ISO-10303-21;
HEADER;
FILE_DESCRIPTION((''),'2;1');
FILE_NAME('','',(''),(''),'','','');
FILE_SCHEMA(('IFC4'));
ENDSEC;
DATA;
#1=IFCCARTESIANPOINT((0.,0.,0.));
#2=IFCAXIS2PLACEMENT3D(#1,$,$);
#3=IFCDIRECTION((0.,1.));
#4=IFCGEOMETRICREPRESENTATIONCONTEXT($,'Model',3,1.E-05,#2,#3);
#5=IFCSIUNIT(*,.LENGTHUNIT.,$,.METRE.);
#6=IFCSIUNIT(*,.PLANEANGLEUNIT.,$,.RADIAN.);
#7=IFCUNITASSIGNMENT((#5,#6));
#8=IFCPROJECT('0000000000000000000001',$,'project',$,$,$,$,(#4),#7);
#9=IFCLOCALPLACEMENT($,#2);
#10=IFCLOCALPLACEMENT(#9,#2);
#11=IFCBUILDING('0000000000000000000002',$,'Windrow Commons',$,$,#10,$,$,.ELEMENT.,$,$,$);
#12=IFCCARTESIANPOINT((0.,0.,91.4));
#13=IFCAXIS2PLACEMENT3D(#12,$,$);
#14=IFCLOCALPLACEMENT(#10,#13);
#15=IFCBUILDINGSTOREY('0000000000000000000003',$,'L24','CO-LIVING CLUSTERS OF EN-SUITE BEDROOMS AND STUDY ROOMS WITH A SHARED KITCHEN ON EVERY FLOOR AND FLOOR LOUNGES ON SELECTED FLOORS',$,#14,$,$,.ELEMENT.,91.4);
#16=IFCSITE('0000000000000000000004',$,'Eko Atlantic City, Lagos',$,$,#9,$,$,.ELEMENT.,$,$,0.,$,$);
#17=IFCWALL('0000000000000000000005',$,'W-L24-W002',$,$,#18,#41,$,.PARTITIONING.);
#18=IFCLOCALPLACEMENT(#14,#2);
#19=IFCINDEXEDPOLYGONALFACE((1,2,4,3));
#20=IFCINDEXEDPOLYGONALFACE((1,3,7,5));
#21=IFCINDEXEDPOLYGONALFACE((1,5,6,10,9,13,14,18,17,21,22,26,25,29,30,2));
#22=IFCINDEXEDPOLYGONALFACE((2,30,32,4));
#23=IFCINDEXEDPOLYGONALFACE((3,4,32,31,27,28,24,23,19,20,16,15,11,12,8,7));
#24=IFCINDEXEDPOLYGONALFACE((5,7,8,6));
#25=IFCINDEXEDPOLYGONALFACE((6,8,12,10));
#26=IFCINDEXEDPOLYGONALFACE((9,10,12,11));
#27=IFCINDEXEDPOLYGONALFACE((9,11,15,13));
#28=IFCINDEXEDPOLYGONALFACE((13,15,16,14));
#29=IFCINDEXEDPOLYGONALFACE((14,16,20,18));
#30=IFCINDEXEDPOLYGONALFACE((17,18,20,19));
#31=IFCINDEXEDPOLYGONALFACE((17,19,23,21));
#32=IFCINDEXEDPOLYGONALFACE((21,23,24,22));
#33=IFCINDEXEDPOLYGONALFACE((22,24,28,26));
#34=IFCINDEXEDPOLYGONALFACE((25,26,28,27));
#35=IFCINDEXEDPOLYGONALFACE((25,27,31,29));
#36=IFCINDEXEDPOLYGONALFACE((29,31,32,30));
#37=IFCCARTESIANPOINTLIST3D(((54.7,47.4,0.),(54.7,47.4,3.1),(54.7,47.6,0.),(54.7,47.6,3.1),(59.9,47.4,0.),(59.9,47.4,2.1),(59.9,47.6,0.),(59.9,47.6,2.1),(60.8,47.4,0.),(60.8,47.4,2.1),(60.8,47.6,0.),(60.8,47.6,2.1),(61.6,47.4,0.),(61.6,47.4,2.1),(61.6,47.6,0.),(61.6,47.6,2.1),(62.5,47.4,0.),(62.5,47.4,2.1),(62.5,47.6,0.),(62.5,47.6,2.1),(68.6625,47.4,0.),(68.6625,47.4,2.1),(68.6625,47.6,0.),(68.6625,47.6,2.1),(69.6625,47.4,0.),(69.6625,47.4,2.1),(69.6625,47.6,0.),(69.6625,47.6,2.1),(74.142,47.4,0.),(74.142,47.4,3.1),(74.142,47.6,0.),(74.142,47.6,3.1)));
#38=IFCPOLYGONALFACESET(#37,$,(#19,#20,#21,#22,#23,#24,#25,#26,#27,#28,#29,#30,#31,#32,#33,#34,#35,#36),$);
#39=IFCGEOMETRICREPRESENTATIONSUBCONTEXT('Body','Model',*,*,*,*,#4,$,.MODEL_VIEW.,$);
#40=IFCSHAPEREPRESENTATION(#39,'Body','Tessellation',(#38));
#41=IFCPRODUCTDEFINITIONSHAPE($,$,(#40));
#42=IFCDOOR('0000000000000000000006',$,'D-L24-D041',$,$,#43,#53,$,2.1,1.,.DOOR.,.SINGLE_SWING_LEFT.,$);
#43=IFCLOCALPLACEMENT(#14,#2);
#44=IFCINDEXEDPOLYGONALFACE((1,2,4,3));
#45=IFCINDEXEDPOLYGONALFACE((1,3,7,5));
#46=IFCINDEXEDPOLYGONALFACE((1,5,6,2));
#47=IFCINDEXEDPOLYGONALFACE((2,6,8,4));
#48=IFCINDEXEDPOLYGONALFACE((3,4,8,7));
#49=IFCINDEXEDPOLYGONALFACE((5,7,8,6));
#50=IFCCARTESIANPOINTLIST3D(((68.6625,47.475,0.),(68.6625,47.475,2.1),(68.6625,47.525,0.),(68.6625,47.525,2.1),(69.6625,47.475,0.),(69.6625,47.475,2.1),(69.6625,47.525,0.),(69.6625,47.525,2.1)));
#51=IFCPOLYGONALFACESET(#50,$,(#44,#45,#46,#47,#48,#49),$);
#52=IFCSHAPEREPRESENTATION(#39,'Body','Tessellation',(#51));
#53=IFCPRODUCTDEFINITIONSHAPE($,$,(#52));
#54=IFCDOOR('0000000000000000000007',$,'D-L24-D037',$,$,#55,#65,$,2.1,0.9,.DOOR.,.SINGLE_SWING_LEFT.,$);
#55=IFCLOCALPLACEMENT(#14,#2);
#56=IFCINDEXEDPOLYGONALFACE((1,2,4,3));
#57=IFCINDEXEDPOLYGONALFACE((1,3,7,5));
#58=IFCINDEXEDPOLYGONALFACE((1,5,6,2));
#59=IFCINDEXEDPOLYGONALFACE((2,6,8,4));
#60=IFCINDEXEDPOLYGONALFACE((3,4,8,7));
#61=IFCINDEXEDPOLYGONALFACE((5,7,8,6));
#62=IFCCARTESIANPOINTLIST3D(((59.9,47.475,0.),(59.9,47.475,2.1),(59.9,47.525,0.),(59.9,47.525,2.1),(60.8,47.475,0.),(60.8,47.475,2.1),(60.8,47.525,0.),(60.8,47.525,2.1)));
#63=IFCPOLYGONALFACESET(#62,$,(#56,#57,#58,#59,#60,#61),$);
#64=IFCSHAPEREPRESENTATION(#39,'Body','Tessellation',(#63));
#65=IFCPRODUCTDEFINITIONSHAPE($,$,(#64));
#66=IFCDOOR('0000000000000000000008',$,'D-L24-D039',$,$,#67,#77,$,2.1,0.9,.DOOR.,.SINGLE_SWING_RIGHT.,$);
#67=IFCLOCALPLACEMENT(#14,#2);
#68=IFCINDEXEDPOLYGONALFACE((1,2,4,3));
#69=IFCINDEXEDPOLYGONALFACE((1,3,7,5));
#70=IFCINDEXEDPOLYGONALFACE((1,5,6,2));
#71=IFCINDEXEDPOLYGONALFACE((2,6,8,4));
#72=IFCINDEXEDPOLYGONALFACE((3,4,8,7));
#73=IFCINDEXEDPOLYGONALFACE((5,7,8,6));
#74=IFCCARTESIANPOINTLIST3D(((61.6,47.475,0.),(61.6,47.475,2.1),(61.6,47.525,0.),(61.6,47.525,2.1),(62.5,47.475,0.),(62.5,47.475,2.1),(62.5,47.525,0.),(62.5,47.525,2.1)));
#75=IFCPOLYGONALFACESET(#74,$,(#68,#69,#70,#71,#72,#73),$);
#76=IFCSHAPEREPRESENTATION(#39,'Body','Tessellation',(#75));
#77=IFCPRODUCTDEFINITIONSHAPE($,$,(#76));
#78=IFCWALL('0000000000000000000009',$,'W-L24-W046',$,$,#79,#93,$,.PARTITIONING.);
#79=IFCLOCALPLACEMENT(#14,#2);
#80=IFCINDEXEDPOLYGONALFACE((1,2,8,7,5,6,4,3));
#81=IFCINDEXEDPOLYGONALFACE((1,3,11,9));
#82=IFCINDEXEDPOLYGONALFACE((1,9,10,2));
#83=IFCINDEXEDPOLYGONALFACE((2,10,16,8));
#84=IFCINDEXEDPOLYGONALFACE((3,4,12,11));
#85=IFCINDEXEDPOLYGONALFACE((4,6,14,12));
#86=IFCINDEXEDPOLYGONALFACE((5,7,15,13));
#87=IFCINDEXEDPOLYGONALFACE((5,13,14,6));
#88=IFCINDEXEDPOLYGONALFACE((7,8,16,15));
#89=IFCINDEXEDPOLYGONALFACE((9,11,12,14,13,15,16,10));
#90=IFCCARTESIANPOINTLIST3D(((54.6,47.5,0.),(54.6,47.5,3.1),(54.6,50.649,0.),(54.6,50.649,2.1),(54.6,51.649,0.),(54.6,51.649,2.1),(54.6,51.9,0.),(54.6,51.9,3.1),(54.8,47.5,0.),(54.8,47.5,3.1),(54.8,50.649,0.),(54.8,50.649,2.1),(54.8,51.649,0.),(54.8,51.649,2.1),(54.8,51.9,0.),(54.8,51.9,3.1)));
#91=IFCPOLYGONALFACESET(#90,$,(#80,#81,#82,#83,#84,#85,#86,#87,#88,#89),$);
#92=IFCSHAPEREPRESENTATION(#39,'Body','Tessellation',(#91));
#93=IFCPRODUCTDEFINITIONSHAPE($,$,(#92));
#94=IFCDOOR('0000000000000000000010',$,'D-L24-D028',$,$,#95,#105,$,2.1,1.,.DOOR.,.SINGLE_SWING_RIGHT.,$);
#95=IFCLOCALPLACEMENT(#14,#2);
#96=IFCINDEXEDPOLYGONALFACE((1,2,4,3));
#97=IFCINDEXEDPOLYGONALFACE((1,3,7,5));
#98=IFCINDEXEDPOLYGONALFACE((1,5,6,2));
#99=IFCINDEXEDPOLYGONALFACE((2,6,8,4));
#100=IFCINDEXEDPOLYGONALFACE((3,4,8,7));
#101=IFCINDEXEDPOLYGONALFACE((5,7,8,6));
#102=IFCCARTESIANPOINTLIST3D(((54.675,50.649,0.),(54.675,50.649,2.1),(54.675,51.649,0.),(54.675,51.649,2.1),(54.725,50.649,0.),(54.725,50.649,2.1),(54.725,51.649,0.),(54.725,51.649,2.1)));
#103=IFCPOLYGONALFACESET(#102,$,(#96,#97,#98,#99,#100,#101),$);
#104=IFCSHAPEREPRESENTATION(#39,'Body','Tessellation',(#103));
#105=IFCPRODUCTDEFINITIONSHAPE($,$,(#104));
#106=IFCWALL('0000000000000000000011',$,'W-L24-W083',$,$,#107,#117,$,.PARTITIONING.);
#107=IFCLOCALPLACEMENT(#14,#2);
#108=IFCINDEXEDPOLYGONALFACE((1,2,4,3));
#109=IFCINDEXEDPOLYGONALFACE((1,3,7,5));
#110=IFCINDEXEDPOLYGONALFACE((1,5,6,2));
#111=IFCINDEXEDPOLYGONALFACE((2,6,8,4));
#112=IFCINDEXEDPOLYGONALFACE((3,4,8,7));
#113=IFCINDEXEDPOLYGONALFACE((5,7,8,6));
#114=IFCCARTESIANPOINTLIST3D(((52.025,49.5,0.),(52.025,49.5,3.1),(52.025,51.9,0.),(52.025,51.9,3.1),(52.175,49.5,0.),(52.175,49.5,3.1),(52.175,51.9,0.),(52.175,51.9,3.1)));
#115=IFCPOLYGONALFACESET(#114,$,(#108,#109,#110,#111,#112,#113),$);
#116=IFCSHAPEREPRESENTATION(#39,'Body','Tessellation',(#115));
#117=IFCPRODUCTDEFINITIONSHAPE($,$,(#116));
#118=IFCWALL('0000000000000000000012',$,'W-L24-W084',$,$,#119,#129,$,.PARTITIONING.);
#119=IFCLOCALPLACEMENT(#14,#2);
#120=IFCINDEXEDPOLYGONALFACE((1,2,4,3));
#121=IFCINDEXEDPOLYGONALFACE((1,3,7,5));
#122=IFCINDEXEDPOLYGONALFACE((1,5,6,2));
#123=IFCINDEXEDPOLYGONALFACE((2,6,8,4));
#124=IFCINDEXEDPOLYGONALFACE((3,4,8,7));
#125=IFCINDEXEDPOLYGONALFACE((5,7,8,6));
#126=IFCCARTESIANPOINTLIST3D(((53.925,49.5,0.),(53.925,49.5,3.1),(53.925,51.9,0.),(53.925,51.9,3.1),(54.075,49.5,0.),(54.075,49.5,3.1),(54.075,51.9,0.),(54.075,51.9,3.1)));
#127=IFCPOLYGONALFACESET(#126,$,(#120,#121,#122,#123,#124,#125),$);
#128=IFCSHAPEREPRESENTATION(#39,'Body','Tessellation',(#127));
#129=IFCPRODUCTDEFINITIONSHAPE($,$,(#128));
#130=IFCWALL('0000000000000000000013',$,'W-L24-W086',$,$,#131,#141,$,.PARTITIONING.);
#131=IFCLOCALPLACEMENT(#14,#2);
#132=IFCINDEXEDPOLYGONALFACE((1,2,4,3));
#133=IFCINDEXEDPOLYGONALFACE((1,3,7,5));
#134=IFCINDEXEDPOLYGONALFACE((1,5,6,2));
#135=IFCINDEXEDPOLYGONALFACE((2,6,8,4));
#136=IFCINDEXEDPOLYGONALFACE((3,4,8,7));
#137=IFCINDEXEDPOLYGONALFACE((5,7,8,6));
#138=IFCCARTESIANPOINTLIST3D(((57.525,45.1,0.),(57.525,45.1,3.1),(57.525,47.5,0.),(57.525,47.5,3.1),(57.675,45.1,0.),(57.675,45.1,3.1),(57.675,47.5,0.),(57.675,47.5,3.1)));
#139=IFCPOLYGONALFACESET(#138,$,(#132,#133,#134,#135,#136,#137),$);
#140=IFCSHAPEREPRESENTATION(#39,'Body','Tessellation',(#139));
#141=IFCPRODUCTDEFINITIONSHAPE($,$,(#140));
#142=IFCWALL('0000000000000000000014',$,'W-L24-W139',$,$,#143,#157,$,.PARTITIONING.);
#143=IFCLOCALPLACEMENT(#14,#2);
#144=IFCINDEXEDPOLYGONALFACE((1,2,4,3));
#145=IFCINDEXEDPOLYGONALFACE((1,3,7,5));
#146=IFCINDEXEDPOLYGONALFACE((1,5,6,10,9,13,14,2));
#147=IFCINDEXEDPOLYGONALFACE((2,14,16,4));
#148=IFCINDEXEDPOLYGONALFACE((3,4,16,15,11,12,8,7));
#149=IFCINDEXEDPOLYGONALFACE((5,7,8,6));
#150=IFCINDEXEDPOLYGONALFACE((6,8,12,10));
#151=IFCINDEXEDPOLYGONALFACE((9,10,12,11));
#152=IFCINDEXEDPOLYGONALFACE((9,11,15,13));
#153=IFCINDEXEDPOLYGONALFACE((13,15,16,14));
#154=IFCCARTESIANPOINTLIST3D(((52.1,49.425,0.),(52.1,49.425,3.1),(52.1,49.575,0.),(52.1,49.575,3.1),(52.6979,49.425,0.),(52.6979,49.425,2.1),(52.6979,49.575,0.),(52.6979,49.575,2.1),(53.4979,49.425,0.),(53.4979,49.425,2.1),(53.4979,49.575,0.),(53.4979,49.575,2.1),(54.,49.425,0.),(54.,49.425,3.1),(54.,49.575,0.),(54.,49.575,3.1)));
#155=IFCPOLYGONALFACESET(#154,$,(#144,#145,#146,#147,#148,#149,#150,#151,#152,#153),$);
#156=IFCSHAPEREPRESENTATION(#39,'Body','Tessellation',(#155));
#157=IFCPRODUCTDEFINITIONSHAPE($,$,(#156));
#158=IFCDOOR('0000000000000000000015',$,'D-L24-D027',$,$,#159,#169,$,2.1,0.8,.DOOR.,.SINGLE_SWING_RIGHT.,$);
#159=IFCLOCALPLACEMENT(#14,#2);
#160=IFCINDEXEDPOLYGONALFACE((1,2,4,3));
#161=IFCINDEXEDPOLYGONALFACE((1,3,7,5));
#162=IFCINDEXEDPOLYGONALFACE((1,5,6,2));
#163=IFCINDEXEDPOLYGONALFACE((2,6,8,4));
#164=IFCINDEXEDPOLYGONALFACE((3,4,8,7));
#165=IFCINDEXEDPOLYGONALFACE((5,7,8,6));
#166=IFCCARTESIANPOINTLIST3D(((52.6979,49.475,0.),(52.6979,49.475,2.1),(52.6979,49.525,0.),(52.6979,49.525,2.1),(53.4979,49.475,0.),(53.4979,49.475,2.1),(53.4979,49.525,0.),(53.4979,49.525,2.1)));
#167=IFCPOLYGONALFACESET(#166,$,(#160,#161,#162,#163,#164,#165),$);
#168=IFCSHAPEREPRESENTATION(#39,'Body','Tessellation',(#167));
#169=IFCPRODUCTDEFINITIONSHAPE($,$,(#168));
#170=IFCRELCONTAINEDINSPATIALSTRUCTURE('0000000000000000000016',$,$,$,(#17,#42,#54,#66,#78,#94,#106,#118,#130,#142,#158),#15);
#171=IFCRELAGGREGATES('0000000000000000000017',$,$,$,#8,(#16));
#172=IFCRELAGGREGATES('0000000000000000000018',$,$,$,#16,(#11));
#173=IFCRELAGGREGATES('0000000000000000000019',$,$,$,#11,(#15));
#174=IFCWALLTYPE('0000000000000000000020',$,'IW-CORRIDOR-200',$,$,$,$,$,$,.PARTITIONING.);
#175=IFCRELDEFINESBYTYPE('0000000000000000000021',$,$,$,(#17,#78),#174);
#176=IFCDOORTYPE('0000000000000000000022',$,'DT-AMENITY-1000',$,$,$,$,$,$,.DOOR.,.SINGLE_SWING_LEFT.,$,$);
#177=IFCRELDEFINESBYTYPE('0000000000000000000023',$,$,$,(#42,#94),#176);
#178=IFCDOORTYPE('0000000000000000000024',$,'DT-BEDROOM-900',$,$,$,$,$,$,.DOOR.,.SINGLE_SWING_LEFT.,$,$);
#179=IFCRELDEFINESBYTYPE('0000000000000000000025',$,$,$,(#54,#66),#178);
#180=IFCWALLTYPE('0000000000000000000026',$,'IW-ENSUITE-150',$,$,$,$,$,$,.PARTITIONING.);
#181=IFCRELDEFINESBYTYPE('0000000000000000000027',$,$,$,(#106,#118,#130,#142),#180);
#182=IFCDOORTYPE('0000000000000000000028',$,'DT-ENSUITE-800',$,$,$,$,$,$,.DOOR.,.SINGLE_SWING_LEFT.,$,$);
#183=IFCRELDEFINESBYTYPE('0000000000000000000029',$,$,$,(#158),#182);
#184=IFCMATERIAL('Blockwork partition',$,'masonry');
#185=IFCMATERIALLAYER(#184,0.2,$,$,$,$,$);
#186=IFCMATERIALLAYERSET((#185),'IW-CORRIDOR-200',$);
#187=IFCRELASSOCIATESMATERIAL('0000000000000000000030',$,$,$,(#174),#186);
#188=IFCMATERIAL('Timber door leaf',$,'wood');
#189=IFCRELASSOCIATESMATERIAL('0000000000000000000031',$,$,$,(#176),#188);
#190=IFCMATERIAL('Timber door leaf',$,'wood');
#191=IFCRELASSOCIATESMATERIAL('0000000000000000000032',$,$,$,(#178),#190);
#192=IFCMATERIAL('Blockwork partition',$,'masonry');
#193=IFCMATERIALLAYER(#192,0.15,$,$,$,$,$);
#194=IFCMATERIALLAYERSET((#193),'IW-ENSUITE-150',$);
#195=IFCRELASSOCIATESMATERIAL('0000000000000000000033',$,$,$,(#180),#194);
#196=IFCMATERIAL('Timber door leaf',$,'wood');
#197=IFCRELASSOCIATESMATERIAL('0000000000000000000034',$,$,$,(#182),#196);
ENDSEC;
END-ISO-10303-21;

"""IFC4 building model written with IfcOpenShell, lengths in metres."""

from ifc_helpers import new_model, si_unit, direction, frame, frame_2d, origin, place, context, subcontext, project, spatial, rectangle, extrude, material, layer, layer_set, type_object, element, fill, save


model = new_model("IFC4")

# Units and contexts
model_context = context("Model", 3, precision=1e-05, world=origin(), true_north=direction((0.0, 1.0)))
body_context = subcontext(model_context, "Body", "Model", "MODEL_VIEW")
ifc_project = project(units=[si_unit("LENGTHUNIT", "METRE"), si_unit("PLANEANGLEUNIT", "RADIAN")], contexts=[model_context])

# Site, building, storey
site_placement = place(None, origin())
site = spatial("IfcSite", under=ifc_project, at=site_placement, Name="Eko Atlantic City, Lagos", CompositionType="ELEMENT", RefElevation=0.0)
building_placement = place(site_placement, origin())
building = spatial("IfcBuilding", under=site, at=building_placement, Name="Windrow Commons", CompositionType="ELEMENT")
storey_placement = place(building_placement, frame((0.0, 0.0, 91.4)))
storey = spatial("IfcBuildingStorey", under=building, at=storey_placement, Name="L24", Description="CO-LIVING CLUSTERS OF EN-SUITE BEDROOMS AND STUDY ROOMS WITH A SHARED KITCHEN ON EVERY FLOOR AND FLOOR LOUNGES ON SELECTED FLOORS", CompositionType="ELEMENT", Elevation=91.4)

# Wall, openings, doors
ifc_material_1 = material(Name="Blockwork partition", Category="masonry")
ifc_layer_1 = layer(ifc_material_1, 0.2)
ifc_layer_set_1 = layer_set([ifc_layer_1], Name="IW-CORRIDOR-200")
wall_type_1 = type_object("IfcWallType", Name="IW-CORRIDOR-200", PredefinedType="PARTITIONING", material=ifc_layer_set_1)
wall_1_placement = place(storey_placement, frame((54.7, 47.5, 0.0), z_axis=(0.0, 0.0, 1.0), x_axis=(1.0, 0.0, 0.0)))
wall_1 = element("IfcWall", 1, at=wall_1_placement, inside=storey, type_object=wall_type_1, Name="W-L24-W002", PredefinedType="PARTITIONING", context=body_context, shape_type="SweptSolid", body=[
    extrude(rectangle(XDim=19.442, YDim=0.2, at=frame_2d((9.721, 0.0))), origin(), (0.0, 0.0, 1.0), 3.1),
])
opening_1_placement = place(wall_1_placement, frame((5.2, 0.0, 0.0)))
opening_1 = element("IfcOpeningElement", 2, at=opening_1_placement, cuts=wall_1, PredefinedType="OPENING", context=body_context, shape_type="SweptSolid", body=[
    extrude(rectangle(XDim=0.9, YDim=2.1, at=frame_2d((0.45, 1.05))), frame((0.0, 0.11, 0.0), z_axis=(0.0, -1.0, 0.0), x_axis=(1.0, 0.0, 0.0)), (0.0, 0.0, 1.0), 0.22),
])
opening_2_placement = place(wall_1_placement, frame((6.9, 0.0, 0.0)))
opening_2 = element("IfcOpeningElement", 3, at=opening_2_placement, cuts=wall_1, PredefinedType="OPENING", context=body_context, shape_type="SweptSolid", body=[
    extrude(rectangle(XDim=0.9, YDim=2.1, at=frame_2d((0.45, 1.05))), frame((0.0, 0.11, 0.0), z_axis=(0.0, -1.0, 0.0), x_axis=(1.0, 0.0, 0.0)), (0.0, 0.0, 1.0), 0.22),
])
opening_3_placement = place(wall_1_placement, frame((13.9625, 0.0, 0.0)))
opening_3 = element("IfcOpeningElement", 4, at=opening_3_placement, cuts=wall_1, PredefinedType="OPENING", context=body_context, shape_type="SweptSolid", body=[
    extrude(rectangle(XDim=1.0, YDim=2.1, at=frame_2d((0.5, 1.05))), frame((0.0, 0.11, 0.0), z_axis=(0.0, -1.0, 0.0), x_axis=(1.0, 0.0, 0.0)), (0.0, 0.0, 1.0), 0.22),
])
ifc_material_2 = material(Name="Timber door leaf", Category="wood")
door_type_1 = type_object("IfcDoorType", Name="DT-AMENITY-1000", OperationType="SINGLE_SWING_LEFT", PredefinedType="DOOR", material=ifc_material_2)
door_1_placement = place(opening_3_placement, origin())
door_1 = element("IfcDoor", 5, at=door_1_placement, inside=storey, type_object=door_type_1, Name="D-L24-D041", OperationType="SINGLE_SWING_LEFT", OverallHeight=2.1, OverallWidth=1.0, PredefinedType="DOOR", context=body_context, shape_type="SweptSolid", body=[
    extrude(rectangle(XDim=1.0, YDim=2.1, at=frame_2d((0.5, 1.05))), frame((0.0, 0.025, 0.0), z_axis=(0.0, -1.0, 0.0), x_axis=(1.0, 0.0, 0.0)), (0.0, 0.0, 1.0), 0.05),
])
fill(opening_3, door_1)
ifc_material_3 = material(Name="Timber door leaf", Category="wood")
door_type_2 = type_object("IfcDoorType", Name="DT-BEDROOM-900", OperationType="SINGLE_SWING_LEFT", PredefinedType="DOOR", material=ifc_material_3)
door_2_placement = place(opening_1_placement, origin())
door_2 = element("IfcDoor", 6, at=door_2_placement, inside=storey, type_object=door_type_2, Name="D-L24-D037", OperationType="SINGLE_SWING_LEFT", OverallHeight=2.1, OverallWidth=0.9, PredefinedType="DOOR", context=body_context, shape_type="SweptSolid", body=[
    extrude(rectangle(XDim=0.9, YDim=2.1, at=frame_2d((0.45, 1.05))), frame((0.0, 0.025, 0.0), z_axis=(0.0, -1.0, 0.0), x_axis=(1.0, 0.0, 0.0)), (0.0, 0.0, 1.0), 0.05),
])
fill(opening_1, door_2)
door_3_placement = place(opening_2_placement, origin())
door_3 = element("IfcDoor", 7, at=door_3_placement, inside=storey, type_object=door_type_2, Name="D-L24-D039", OperationType="SINGLE_SWING_RIGHT", OverallHeight=2.1, OverallWidth=0.9, PredefinedType="DOOR", context=body_context, shape_type="SweptSolid", body=[
    extrude(rectangle(XDim=0.9, YDim=2.1, at=frame_2d((0.45, 1.05))), frame((0.0, 0.025, 0.0), z_axis=(0.0, -1.0, 0.0), x_axis=(1.0, 0.0, 0.0)), (0.0, 0.0, 1.0), 0.05),
])
fill(opening_2, door_3)

# Wall, opening, door
wall_2_placement = place(storey_placement, frame((54.7, 47.5, 0.0), z_axis=(0.0, 0.0, 1.0), x_axis=(0.0, 1.0, 0.0)))
wall_2 = element("IfcWall", 8, at=wall_2_placement, inside=storey, type_object=wall_type_1, Name="W-L24-W046", PredefinedType="PARTITIONING", context=body_context, shape_type="SweptSolid", body=[
    extrude(rectangle(XDim=4.4, YDim=0.2, at=frame_2d((2.2, 0.0))), origin(), (0.0, 0.0, 1.0), 3.1),
])
opening_4_placement = place(wall_2_placement, frame((3.149, 0.0, 0.0)))
opening_4 = element("IfcOpeningElement", 9, at=opening_4_placement, cuts=wall_2, PredefinedType="OPENING", context=body_context, shape_type="SweptSolid", body=[
    extrude(rectangle(XDim=1.0, YDim=2.1, at=frame_2d((0.5, 1.05))), frame((0.0, 0.11, 0.0), z_axis=(0.0, -1.0, 0.0), x_axis=(1.0, 0.0, 0.0)), (0.0, 0.0, 1.0), 0.22),
])
door_4_placement = place(opening_4_placement, origin())
door_4 = element("IfcDoor", 10, at=door_4_placement, inside=storey, type_object=door_type_1, Name="D-L24-D028", OperationType="SINGLE_SWING_RIGHT", OverallHeight=2.1, OverallWidth=1.0, PredefinedType="DOOR", context=body_context, shape_type="SweptSolid", body=[
    extrude(rectangle(XDim=1.0, YDim=2.1, at=frame_2d((0.5, 1.05))), frame((0.0, 0.025, 0.0), z_axis=(0.0, -1.0, 0.0), x_axis=(1.0, 0.0, 0.0)), (0.0, 0.0, 1.0), 0.05),
])
fill(opening_4, door_4)

# Walls
ifc_material_4 = material(Name="Blockwork partition", Category="masonry")
ifc_layer_2 = layer(ifc_material_4, 0.15)
ifc_layer_set_2 = layer_set([ifc_layer_2], Name="IW-ENSUITE-150")
wall_type_2 = type_object("IfcWallType", Name="IW-ENSUITE-150", PredefinedType="PARTITIONING", material=ifc_layer_set_2)
for number, where, z_axis, x_axis, name in (
    (11, (52.1, 49.5, 0.0), (0.0, 0.0, 1.0), (0.0, 1.0, 0.0), "W-L24-W083"),
    (12, (54.0, 49.5, 0.0), (0.0, 0.0, 1.0), (0.0, 1.0, 0.0), "W-L24-W084"),
    (13, (57.6, 45.1, 0.0), (0.0, 0.0, 1.0), (0.0, 1.0, 0.0), "W-L24-W086"),
):
    element("IfcWall", number, at=place(storey_placement, frame(where, z_axis=z_axis, x_axis=x_axis)), inside=storey, type_object=wall_type_2, Name=name, PredefinedType="PARTITIONING", context=body_context, shape_type="SweptSolid", body=[
        extrude(rectangle(XDim=2.4, YDim=0.15, at=frame_2d((1.2, 0.0))), origin(), (0.0, 0.0, 1.0), 3.1),
    ])

# Wall, opening, door
wall_3_placement = place(storey_placement, frame((52.1, 49.5, 0.0), z_axis=(0.0, 0.0, 1.0), x_axis=(1.0, 0.0, 0.0)))
wall_3 = element("IfcWall", 14, at=wall_3_placement, inside=storey, type_object=wall_type_2, Name="W-L24-W139", PredefinedType="PARTITIONING", context=body_context, shape_type="SweptSolid", body=[
    extrude(rectangle(XDim=1.9, YDim=0.15, at=frame_2d((0.95, 0.0))), origin(), (0.0, 0.0, 1.0), 3.1),
])
opening_5_placement = place(wall_3_placement, frame((0.5979, 0.0, 0.0)))
opening_5 = element("IfcOpeningElement", 15, at=opening_5_placement, cuts=wall_3, PredefinedType="OPENING", context=body_context, shape_type="SweptSolid", body=[
    extrude(rectangle(XDim=0.8, YDim=2.1, at=frame_2d((0.4, 1.05))), frame((0.0, 0.085, 0.0), z_axis=(0.0, -1.0, 0.0), x_axis=(1.0, 0.0, 0.0)), (0.0, 0.0, 1.0), 0.17),
])
ifc_material_5 = material(Name="Timber door leaf", Category="wood")
door_type_3 = type_object("IfcDoorType", Name="DT-ENSUITE-800", OperationType="SINGLE_SWING_LEFT", PredefinedType="DOOR", material=ifc_material_5)
door_5_placement = place(opening_5_placement, origin())
door_5 = element("IfcDoor", 16, at=door_5_placement, inside=storey, type_object=door_type_3, Name="D-L24-D027", OperationType="SINGLE_SWING_RIGHT", OverallHeight=2.1, OverallWidth=0.8, PredefinedType="DOOR", context=body_context, shape_type="SweptSolid", body=[
    extrude(rectangle(XDim=0.8, YDim=2.1, at=frame_2d((0.4, 1.05))), frame((0.0, 0.025, 0.0), z_axis=(0.0, -1.0, 0.0), x_axis=(1.0, 0.0, 0.0)), (0.0, 0.0, 1.0), 0.05),
])
fill(opening_5, door_5)

save(model, "model.ifc")
